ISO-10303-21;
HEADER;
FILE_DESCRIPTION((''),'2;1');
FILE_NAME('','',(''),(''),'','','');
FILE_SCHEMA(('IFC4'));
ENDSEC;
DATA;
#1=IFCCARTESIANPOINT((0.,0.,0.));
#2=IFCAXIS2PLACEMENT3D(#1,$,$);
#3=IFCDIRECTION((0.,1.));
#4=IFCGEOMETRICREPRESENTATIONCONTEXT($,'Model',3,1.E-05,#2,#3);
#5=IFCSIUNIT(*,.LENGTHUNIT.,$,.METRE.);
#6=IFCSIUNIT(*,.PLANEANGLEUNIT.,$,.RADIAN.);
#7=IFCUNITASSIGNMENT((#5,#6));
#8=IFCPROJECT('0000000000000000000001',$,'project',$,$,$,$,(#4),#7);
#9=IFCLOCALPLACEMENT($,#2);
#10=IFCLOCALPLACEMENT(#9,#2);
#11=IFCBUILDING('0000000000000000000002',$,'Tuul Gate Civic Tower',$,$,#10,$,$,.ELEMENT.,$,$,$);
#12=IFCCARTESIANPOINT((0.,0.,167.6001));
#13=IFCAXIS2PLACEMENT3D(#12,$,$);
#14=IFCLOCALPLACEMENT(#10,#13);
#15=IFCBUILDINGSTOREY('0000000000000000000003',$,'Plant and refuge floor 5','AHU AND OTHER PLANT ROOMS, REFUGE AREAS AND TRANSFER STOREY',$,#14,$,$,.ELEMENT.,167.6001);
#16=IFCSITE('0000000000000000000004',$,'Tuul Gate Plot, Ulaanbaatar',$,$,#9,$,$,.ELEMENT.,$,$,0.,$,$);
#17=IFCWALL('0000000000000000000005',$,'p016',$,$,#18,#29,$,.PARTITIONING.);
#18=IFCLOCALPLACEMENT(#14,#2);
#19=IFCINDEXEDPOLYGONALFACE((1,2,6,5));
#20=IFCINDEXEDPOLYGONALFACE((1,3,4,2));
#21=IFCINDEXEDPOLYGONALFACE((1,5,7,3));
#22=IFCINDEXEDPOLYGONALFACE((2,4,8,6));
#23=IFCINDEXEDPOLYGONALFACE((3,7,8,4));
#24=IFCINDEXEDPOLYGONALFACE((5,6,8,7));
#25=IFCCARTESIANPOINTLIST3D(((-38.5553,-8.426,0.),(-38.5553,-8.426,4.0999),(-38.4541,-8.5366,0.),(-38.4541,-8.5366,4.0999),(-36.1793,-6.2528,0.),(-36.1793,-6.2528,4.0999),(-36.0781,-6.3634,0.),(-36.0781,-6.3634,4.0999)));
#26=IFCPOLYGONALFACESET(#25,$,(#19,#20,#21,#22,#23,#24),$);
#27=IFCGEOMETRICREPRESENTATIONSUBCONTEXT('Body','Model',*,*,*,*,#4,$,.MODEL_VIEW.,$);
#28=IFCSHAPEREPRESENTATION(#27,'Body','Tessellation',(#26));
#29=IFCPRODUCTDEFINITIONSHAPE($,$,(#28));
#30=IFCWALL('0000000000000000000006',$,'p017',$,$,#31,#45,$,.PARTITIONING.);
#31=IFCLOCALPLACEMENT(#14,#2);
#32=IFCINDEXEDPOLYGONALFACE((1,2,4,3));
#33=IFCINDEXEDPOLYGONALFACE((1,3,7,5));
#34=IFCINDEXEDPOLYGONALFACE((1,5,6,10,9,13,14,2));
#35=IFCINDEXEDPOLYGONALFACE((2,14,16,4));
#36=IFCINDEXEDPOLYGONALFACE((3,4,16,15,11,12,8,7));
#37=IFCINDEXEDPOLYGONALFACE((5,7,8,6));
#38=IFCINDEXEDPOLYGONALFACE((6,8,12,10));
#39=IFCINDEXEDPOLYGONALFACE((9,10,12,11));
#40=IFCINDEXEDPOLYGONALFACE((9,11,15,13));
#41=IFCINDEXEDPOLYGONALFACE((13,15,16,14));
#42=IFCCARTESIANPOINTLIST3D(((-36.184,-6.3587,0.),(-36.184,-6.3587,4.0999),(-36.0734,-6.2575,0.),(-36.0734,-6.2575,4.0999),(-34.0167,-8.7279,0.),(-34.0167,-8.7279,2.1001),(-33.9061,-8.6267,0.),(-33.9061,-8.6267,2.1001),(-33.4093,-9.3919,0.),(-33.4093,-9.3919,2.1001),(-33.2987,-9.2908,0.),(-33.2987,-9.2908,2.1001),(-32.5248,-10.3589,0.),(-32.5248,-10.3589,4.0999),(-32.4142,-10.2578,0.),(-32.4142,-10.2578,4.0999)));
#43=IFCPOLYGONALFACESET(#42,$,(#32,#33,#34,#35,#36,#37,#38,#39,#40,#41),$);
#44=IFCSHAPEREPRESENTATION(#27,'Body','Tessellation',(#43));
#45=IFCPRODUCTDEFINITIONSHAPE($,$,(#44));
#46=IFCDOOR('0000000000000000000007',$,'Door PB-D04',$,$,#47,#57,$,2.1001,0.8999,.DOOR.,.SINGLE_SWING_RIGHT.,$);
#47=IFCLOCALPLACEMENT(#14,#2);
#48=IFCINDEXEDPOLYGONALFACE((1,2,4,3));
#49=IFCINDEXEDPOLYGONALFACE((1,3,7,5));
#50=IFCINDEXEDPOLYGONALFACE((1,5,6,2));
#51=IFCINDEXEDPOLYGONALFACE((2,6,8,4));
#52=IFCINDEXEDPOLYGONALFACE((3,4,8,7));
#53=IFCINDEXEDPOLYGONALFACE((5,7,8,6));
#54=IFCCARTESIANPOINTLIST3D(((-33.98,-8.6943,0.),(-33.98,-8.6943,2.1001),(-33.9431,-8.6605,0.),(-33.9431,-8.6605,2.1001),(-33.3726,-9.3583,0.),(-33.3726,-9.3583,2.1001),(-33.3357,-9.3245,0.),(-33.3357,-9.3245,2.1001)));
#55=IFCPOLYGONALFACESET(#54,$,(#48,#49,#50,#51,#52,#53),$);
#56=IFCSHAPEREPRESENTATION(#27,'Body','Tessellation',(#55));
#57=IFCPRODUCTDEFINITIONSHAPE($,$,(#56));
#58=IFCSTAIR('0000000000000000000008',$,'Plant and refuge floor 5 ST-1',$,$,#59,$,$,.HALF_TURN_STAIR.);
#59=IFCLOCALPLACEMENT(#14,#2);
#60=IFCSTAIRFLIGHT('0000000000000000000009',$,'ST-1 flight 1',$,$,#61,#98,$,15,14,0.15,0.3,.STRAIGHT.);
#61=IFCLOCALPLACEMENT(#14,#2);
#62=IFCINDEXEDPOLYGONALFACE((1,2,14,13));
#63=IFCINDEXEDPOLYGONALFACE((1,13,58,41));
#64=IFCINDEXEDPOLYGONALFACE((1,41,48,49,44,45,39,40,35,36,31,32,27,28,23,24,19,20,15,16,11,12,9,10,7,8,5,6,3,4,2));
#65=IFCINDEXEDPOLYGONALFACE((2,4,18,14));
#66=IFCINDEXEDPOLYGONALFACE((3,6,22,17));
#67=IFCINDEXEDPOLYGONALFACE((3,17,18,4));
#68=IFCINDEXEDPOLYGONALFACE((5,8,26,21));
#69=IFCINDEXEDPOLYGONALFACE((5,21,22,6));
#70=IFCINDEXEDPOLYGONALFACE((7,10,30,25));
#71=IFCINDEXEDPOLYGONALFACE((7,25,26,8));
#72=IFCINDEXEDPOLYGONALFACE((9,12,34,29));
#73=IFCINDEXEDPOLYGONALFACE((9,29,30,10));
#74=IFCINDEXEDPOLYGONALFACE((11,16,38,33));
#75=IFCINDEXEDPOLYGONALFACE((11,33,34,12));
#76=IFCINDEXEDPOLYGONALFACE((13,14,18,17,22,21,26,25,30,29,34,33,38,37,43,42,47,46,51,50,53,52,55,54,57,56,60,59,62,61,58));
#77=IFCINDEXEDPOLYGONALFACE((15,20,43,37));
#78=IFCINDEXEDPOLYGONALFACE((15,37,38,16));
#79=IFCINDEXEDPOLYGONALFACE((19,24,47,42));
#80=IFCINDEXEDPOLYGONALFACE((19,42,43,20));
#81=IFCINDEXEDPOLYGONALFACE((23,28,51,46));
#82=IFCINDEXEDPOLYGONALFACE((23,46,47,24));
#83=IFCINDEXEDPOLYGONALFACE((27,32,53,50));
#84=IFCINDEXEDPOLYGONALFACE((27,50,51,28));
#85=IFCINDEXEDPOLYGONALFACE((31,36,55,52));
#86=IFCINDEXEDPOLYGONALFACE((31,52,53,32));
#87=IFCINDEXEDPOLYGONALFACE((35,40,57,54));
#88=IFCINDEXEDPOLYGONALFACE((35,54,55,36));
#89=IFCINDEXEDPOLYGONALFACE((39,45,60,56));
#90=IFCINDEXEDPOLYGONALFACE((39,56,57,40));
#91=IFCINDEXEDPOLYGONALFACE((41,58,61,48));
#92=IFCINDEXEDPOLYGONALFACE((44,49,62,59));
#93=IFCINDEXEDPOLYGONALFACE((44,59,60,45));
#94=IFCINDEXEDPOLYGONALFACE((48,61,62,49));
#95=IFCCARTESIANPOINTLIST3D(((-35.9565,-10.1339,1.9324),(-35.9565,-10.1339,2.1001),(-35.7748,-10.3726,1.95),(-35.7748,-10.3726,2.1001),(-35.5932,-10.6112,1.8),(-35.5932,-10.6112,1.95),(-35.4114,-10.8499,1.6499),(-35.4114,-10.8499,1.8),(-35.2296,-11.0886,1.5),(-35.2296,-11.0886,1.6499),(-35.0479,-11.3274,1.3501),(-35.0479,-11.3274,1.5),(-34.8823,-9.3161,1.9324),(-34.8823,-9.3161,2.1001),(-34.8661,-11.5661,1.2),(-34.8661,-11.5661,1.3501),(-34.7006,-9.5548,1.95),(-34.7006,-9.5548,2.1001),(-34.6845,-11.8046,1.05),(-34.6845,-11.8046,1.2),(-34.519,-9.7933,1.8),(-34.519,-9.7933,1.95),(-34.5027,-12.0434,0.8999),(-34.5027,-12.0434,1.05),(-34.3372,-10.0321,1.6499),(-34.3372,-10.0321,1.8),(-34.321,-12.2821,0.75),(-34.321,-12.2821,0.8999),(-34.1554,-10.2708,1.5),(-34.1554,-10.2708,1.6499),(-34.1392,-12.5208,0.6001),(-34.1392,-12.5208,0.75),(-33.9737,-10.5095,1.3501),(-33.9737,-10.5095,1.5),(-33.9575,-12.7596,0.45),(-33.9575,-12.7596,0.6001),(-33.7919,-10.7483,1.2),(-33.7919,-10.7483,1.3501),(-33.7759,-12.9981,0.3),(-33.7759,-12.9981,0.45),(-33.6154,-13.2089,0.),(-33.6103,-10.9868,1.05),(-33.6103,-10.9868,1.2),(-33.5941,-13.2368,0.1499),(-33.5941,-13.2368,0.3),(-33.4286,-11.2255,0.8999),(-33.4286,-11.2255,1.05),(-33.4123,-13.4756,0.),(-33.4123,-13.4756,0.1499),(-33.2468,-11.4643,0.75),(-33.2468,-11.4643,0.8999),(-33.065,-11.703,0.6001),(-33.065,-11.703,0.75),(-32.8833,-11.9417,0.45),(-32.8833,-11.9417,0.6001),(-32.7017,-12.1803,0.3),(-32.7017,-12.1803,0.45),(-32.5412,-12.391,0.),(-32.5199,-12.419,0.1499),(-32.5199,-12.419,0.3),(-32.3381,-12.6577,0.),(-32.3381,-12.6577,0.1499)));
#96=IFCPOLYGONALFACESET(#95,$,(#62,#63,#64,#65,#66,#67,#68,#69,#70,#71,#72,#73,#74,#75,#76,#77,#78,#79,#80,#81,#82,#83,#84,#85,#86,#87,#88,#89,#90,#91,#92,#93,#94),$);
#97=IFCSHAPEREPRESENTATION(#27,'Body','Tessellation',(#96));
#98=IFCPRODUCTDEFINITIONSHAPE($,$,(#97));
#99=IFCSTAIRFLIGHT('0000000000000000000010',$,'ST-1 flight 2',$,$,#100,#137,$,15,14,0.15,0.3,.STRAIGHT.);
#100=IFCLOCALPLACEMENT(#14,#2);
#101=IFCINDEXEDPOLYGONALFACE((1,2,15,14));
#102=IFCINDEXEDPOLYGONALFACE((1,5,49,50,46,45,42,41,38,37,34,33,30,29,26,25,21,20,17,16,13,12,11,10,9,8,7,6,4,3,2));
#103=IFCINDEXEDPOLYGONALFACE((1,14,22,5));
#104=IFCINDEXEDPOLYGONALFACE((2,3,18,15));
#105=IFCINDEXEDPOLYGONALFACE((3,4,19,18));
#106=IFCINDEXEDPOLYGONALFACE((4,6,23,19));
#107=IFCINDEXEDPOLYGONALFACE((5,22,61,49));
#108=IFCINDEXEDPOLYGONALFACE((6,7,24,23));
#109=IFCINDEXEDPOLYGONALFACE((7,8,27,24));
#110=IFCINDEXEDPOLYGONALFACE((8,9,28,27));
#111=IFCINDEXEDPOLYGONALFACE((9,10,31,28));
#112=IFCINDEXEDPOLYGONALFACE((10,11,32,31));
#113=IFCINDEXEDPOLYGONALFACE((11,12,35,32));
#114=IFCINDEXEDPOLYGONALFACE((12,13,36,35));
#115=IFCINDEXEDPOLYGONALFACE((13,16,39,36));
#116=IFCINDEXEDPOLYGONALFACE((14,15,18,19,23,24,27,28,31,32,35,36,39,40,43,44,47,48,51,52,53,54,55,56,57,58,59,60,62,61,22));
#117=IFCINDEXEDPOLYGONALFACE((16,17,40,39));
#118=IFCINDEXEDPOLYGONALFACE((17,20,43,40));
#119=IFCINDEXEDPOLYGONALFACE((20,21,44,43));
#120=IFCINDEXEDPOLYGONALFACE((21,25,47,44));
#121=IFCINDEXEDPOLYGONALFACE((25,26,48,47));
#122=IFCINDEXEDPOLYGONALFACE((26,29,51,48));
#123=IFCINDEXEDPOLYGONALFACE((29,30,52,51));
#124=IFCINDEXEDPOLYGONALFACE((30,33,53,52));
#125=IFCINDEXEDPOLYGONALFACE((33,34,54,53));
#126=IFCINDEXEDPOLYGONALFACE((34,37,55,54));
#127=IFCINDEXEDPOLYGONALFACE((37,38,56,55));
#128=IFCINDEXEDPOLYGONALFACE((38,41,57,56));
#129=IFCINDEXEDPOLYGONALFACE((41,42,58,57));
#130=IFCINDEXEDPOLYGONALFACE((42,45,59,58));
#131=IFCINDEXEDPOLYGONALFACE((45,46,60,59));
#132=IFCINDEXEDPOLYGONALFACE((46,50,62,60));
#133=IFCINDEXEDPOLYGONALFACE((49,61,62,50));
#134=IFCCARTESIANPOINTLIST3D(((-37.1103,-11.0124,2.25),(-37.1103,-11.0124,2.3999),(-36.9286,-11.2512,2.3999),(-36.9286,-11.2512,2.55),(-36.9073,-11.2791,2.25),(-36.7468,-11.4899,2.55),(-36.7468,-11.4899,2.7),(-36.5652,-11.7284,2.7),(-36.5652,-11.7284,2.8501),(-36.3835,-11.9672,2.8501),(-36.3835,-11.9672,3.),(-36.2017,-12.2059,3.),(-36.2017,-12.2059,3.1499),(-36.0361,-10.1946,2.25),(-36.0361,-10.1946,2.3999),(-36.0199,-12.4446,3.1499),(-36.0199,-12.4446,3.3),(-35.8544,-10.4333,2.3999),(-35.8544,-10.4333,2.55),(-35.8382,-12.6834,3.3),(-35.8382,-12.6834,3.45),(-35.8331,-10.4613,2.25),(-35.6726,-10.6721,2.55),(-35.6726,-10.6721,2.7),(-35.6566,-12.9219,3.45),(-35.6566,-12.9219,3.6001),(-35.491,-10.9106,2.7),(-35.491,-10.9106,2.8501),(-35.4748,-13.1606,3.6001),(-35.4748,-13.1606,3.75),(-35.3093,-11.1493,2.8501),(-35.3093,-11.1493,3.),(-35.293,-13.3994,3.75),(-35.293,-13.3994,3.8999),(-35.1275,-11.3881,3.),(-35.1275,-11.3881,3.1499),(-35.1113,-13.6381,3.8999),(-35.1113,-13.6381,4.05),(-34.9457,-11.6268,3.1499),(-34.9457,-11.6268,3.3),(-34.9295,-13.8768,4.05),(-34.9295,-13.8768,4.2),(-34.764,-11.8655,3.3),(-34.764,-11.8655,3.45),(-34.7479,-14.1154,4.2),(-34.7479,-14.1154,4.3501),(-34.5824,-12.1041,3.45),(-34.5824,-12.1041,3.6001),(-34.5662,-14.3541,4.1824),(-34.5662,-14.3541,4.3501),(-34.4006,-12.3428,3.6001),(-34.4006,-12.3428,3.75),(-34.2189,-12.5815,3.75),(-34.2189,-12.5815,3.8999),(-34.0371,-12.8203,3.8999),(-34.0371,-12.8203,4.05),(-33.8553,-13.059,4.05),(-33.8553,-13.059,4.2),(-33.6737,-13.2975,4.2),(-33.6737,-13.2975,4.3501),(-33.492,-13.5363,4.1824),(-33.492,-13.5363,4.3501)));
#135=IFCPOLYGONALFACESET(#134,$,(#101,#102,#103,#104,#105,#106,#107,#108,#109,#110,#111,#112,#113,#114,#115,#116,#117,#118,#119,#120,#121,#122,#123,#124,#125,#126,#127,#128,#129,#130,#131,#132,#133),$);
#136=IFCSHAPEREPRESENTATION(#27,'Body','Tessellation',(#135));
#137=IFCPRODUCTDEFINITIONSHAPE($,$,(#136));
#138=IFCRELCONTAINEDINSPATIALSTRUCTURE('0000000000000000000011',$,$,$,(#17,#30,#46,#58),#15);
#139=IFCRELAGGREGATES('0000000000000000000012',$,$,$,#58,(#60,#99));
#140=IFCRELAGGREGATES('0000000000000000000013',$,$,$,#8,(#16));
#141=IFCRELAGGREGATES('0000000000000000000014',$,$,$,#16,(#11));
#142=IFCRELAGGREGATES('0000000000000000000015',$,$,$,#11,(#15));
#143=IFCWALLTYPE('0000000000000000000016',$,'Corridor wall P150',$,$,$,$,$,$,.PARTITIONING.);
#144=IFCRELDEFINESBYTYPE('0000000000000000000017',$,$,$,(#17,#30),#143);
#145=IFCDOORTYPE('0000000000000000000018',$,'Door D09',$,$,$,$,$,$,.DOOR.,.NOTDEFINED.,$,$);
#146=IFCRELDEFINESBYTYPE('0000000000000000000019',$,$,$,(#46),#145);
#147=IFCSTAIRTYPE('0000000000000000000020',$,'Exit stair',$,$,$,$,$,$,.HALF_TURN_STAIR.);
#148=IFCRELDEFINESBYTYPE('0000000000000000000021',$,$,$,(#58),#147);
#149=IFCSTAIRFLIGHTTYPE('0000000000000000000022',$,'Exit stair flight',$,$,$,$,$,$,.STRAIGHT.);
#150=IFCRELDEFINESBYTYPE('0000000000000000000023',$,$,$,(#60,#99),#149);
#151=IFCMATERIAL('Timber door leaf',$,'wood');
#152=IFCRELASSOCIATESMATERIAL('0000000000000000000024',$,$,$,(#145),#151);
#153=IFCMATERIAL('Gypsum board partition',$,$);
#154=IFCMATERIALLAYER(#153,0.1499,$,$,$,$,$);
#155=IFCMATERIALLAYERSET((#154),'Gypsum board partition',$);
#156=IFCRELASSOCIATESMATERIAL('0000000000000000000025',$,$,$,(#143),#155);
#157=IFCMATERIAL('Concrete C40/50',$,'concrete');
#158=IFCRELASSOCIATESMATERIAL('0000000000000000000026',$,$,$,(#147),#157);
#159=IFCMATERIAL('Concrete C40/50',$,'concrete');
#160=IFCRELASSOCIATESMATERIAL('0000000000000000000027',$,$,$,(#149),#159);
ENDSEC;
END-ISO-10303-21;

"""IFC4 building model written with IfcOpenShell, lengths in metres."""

from ifc_helpers import new_model, si_unit, direction, frame, frame_2d, origin, place, context, subcontext, project, spatial, polyline, rectangle, outline, extrude, material, layer, layer_set, type_object, element, fill, aggregate, save


model = new_model("IFC4")

# Units and contexts
model_context = context("Model", 3, precision=1e-05, world=origin(), true_north=direction((0.0, 1.0)))
body_context = subcontext(model_context, "Body", "Model", "MODEL_VIEW")
ifc_project = project(units=[si_unit("LENGTHUNIT", "METRE"), si_unit("PLANEANGLEUNIT", "RADIAN")], contexts=[model_context])

# Site, building, storey
site_placement = place(None, origin())
site = spatial("IfcSite", under=ifc_project, at=site_placement, Name="Tuul Gate Plot, Ulaanbaatar", CompositionType="ELEMENT", RefElevation=0.0)
building_placement = place(site_placement, origin())
building = spatial("IfcBuilding", under=site, at=building_placement, Name="Tuul Gate Civic Tower", CompositionType="ELEMENT")
storey_placement = place(building_placement, frame((0.0, 0.0, 167.6001)))
storey = spatial("IfcBuildingStorey", under=building, at=storey_placement, Name="Plant and refuge floor 5", Description="AHU AND OTHER PLANT ROOMS, REFUGE AREAS AND TRANSFER STOREY", CompositionType="ELEMENT", Elevation=167.6001)

# Shared definitions
ifc_material_1 = material(Name="Timber door leaf", Category="wood")
door_type_1 = type_object("IfcDoorType", Name="Door D09", OperationType="NOTDEFINED", PredefinedType="DOOR", material=ifc_material_1)

# Wall
ifc_material_2 = material(Name="Gypsum board partition")
ifc_layer_1 = layer(ifc_material_2, 0.1499)
ifc_layer_set_1 = layer_set([ifc_layer_1], Name="Gypsum board partition")
wall_type_1 = type_object("IfcWallType", Name="Corridor wall P150", PredefinedType="PARTITIONING", material=ifc_layer_set_1)
wall_1_placement = place(storey_placement, frame((-38.5046, -8.4812, 0.0), z_axis=(0.0, 0.0, 1.0), x_axis=(0.737909, 0.6749, 0.0)))
element("IfcWall", 1, at=wall_1_placement, inside=storey, type_object=wall_type_1, Name="p016", PredefinedType="PARTITIONING", context=body_context, shape_type="SweptSolid", body=[
    extrude(rectangle(XDim=3.22, YDim=0.1499, at=frame_2d((1.6099, 0.0))), origin(), (0.0, 0.0, 1.0), 4.0999),
])

# Wall, opening, door
wall_2_placement = place(storey_placement, frame((-36.1287, -6.3081, 0.0), z_axis=(0.0, 0.0, 1.0), x_axis=(0.674951, -0.737862, 0.0)))
wall_2 = element("IfcWall", 2, at=wall_2_placement, inside=storey, type_object=wall_type_1, Name="p017", PredefinedType="PARTITIONING", context=body_context, shape_type="SweptSolid", body=[
    extrude(rectangle(XDim=5.4214, YDim=0.1499, at=frame_2d((2.7107, 0.0))), origin(), (0.0, 0.0, 1.0), 4.0999),
])
opening_1_placement = place(wall_2_placement, frame((3.2109, 0.0, 0.0)))
opening_1 = element("IfcOpeningElement", 3, at=opening_1_placement, cuts=wall_2, PredefinedType="OPENING", context=body_context, shape_type="SweptSolid", body=[
    extrude(rectangle(XDim=0.8999, YDim=2.1001, at=frame_2d((0.45, 1.05))), frame((0.0, 0.085, 0.0), z_axis=(0.0, -1.0, 0.0), x_axis=(1.0, 0.0, 0.0)), (0.0, 0.0, 1.0), 0.1699),
])
door_1_placement = place(opening_1_placement, origin())
door_1 = element("IfcDoor", 4, at=door_1_placement, inside=storey, type_object=door_type_1, Name="Door PB-D04", OperationType="SINGLE_SWING_RIGHT", OverallHeight=2.1001, OverallWidth=0.8999, PredefinedType="DOOR", context=body_context, shape_type="SweptSolid", body=[
    extrude(rectangle(XDim=0.8999, YDim=2.1001, at=frame_2d((0.45, 1.05))), frame((0.0, 0.0249, 0.0), z_axis=(0.0, -1.0, 0.0), x_axis=(1.0, 0.0, 0.0)), (0.0, 0.0, 1.0), 0.05),
])
fill(opening_1, door_1)

# Stair, stair flights
ifc_material_3 = material(Name="Concrete C40/50", Category="concrete")
stair_type = type_object("IfcStairType", Name="Exit stair", PredefinedType="HALF_TURN_STAIR", material=ifc_material_3)
stair_placement = place(storey_placement, origin())
stair = element("IfcStair", 5, at=stair_placement, inside=storey, type_object=stair_type, Name="Plant and refuge floor 5 ST-1", PredefinedType="HALF_TURN_STAIR")
ifc_material_4 = material(Name="Concrete C40/50", Category="concrete")
stair_flight_type = type_object("IfcStairFlightType", Name="Exit stair flight", PredefinedType="STRAIGHT", material=ifc_material_4)
stair_flight_1_placement = place(storey_placement, frame((-32.8752, -13.0667, 0.0), z_axis=(0.0, 0.0, 1.0), x_axis=(-0.605764, 0.795644, 0.0)))
stair_flight_1 = element("IfcStairFlight", 6, at=stair_flight_1_placement, type_object=stair_flight_type, Name="ST-1 flight 1", NumberOfRisers=15, NumberOfTreads=14, PredefinedType="STRAIGHT", RiserHeight=0.15, TreadLength=0.3, context=body_context, shape_type="SweptSolid", body=[
    extrude(outline(polyline([(0.0, 0.0), (0.0, 0.1499), (0.3, 0.1499), (0.3, 0.3), (0.6001, 0.3), (0.6001, 0.45), (0.8999, 0.45), (0.8999, 0.6001), (1.2, 0.6001), (1.2, 0.75), (1.5, 0.75), (1.5, 0.8999), (1.8, 0.8999), (1.8, 1.05), (2.1001, 1.05), (2.1001, 1.2), (2.3999, 1.2), (2.3999, 1.3501), (2.7, 1.3501), (2.7, 1.5), (3.0, 1.5), (3.0, 1.6499), (3.3, 1.6499), (3.3, 1.8), (3.6001, 1.8), (3.6001, 1.95), (3.8999, 1.95), (3.8999, 2.1001), (4.2, 2.1001), (4.2, 2.25), (4.2, 1.9324), (0.3352, 0.0), (0.0, 0.0)])), frame((0.0, 0.675, 0.0), z_axis=(0.0, -1.0, 0.0), x_axis=(1.0, 0.0, 0.0)), (0.0, 0.0, 1.0), 1.3501),
])
stair_flight_2_placement = place(storey_placement, frame((-36.5732, -10.6035, 2.25), z_axis=(0.0, 0.0, 1.0), x_axis=(0.605764, -0.795644, 0.0)))
stair_flight_2 = element("IfcStairFlight", 7, at=stair_flight_2_placement, type_object=stair_flight_type, Name="ST-1 flight 2", NumberOfRisers=15, NumberOfTreads=14, PredefinedType="STRAIGHT", RiserHeight=0.15, TreadLength=0.3, context=body_context, shape_type="SweptSolid", body=[
    extrude(outline(polyline([(0.0, 0.0), (0.0, 0.1499), (0.3, 0.1499), (0.3, 0.3), (0.6001, 0.3), (0.6001, 0.45), (0.8999, 0.45), (0.8999, 0.6001), (1.2, 0.6001), (1.2, 0.75), (1.5, 0.75), (1.5, 0.8999), (1.8, 0.8999), (1.8, 1.05), (2.1001, 1.05), (2.1001, 1.2), (2.3999, 1.2), (2.3999, 1.3501), (2.7, 1.3501), (2.7, 1.5), (3.0, 1.5), (3.0, 1.6499), (3.3, 1.6499), (3.3, 1.8), (3.6001, 1.8), (3.6001, 1.95), (3.8999, 1.95), (3.8999, 2.1001), (4.2, 2.1001), (4.2, 2.25), (4.2, 1.9324), (0.3352, 0.0), (0.0, 0.0)])), frame((0.0, 0.675, 0.0), z_axis=(0.0, -1.0, 0.0), x_axis=(1.0, 0.0, 0.0)), (0.0, 0.0, 1.0), 1.3501),
])
aggregate(stair, [stair_flight_1, stair_flight_2])

save(model, "model.ifc")
